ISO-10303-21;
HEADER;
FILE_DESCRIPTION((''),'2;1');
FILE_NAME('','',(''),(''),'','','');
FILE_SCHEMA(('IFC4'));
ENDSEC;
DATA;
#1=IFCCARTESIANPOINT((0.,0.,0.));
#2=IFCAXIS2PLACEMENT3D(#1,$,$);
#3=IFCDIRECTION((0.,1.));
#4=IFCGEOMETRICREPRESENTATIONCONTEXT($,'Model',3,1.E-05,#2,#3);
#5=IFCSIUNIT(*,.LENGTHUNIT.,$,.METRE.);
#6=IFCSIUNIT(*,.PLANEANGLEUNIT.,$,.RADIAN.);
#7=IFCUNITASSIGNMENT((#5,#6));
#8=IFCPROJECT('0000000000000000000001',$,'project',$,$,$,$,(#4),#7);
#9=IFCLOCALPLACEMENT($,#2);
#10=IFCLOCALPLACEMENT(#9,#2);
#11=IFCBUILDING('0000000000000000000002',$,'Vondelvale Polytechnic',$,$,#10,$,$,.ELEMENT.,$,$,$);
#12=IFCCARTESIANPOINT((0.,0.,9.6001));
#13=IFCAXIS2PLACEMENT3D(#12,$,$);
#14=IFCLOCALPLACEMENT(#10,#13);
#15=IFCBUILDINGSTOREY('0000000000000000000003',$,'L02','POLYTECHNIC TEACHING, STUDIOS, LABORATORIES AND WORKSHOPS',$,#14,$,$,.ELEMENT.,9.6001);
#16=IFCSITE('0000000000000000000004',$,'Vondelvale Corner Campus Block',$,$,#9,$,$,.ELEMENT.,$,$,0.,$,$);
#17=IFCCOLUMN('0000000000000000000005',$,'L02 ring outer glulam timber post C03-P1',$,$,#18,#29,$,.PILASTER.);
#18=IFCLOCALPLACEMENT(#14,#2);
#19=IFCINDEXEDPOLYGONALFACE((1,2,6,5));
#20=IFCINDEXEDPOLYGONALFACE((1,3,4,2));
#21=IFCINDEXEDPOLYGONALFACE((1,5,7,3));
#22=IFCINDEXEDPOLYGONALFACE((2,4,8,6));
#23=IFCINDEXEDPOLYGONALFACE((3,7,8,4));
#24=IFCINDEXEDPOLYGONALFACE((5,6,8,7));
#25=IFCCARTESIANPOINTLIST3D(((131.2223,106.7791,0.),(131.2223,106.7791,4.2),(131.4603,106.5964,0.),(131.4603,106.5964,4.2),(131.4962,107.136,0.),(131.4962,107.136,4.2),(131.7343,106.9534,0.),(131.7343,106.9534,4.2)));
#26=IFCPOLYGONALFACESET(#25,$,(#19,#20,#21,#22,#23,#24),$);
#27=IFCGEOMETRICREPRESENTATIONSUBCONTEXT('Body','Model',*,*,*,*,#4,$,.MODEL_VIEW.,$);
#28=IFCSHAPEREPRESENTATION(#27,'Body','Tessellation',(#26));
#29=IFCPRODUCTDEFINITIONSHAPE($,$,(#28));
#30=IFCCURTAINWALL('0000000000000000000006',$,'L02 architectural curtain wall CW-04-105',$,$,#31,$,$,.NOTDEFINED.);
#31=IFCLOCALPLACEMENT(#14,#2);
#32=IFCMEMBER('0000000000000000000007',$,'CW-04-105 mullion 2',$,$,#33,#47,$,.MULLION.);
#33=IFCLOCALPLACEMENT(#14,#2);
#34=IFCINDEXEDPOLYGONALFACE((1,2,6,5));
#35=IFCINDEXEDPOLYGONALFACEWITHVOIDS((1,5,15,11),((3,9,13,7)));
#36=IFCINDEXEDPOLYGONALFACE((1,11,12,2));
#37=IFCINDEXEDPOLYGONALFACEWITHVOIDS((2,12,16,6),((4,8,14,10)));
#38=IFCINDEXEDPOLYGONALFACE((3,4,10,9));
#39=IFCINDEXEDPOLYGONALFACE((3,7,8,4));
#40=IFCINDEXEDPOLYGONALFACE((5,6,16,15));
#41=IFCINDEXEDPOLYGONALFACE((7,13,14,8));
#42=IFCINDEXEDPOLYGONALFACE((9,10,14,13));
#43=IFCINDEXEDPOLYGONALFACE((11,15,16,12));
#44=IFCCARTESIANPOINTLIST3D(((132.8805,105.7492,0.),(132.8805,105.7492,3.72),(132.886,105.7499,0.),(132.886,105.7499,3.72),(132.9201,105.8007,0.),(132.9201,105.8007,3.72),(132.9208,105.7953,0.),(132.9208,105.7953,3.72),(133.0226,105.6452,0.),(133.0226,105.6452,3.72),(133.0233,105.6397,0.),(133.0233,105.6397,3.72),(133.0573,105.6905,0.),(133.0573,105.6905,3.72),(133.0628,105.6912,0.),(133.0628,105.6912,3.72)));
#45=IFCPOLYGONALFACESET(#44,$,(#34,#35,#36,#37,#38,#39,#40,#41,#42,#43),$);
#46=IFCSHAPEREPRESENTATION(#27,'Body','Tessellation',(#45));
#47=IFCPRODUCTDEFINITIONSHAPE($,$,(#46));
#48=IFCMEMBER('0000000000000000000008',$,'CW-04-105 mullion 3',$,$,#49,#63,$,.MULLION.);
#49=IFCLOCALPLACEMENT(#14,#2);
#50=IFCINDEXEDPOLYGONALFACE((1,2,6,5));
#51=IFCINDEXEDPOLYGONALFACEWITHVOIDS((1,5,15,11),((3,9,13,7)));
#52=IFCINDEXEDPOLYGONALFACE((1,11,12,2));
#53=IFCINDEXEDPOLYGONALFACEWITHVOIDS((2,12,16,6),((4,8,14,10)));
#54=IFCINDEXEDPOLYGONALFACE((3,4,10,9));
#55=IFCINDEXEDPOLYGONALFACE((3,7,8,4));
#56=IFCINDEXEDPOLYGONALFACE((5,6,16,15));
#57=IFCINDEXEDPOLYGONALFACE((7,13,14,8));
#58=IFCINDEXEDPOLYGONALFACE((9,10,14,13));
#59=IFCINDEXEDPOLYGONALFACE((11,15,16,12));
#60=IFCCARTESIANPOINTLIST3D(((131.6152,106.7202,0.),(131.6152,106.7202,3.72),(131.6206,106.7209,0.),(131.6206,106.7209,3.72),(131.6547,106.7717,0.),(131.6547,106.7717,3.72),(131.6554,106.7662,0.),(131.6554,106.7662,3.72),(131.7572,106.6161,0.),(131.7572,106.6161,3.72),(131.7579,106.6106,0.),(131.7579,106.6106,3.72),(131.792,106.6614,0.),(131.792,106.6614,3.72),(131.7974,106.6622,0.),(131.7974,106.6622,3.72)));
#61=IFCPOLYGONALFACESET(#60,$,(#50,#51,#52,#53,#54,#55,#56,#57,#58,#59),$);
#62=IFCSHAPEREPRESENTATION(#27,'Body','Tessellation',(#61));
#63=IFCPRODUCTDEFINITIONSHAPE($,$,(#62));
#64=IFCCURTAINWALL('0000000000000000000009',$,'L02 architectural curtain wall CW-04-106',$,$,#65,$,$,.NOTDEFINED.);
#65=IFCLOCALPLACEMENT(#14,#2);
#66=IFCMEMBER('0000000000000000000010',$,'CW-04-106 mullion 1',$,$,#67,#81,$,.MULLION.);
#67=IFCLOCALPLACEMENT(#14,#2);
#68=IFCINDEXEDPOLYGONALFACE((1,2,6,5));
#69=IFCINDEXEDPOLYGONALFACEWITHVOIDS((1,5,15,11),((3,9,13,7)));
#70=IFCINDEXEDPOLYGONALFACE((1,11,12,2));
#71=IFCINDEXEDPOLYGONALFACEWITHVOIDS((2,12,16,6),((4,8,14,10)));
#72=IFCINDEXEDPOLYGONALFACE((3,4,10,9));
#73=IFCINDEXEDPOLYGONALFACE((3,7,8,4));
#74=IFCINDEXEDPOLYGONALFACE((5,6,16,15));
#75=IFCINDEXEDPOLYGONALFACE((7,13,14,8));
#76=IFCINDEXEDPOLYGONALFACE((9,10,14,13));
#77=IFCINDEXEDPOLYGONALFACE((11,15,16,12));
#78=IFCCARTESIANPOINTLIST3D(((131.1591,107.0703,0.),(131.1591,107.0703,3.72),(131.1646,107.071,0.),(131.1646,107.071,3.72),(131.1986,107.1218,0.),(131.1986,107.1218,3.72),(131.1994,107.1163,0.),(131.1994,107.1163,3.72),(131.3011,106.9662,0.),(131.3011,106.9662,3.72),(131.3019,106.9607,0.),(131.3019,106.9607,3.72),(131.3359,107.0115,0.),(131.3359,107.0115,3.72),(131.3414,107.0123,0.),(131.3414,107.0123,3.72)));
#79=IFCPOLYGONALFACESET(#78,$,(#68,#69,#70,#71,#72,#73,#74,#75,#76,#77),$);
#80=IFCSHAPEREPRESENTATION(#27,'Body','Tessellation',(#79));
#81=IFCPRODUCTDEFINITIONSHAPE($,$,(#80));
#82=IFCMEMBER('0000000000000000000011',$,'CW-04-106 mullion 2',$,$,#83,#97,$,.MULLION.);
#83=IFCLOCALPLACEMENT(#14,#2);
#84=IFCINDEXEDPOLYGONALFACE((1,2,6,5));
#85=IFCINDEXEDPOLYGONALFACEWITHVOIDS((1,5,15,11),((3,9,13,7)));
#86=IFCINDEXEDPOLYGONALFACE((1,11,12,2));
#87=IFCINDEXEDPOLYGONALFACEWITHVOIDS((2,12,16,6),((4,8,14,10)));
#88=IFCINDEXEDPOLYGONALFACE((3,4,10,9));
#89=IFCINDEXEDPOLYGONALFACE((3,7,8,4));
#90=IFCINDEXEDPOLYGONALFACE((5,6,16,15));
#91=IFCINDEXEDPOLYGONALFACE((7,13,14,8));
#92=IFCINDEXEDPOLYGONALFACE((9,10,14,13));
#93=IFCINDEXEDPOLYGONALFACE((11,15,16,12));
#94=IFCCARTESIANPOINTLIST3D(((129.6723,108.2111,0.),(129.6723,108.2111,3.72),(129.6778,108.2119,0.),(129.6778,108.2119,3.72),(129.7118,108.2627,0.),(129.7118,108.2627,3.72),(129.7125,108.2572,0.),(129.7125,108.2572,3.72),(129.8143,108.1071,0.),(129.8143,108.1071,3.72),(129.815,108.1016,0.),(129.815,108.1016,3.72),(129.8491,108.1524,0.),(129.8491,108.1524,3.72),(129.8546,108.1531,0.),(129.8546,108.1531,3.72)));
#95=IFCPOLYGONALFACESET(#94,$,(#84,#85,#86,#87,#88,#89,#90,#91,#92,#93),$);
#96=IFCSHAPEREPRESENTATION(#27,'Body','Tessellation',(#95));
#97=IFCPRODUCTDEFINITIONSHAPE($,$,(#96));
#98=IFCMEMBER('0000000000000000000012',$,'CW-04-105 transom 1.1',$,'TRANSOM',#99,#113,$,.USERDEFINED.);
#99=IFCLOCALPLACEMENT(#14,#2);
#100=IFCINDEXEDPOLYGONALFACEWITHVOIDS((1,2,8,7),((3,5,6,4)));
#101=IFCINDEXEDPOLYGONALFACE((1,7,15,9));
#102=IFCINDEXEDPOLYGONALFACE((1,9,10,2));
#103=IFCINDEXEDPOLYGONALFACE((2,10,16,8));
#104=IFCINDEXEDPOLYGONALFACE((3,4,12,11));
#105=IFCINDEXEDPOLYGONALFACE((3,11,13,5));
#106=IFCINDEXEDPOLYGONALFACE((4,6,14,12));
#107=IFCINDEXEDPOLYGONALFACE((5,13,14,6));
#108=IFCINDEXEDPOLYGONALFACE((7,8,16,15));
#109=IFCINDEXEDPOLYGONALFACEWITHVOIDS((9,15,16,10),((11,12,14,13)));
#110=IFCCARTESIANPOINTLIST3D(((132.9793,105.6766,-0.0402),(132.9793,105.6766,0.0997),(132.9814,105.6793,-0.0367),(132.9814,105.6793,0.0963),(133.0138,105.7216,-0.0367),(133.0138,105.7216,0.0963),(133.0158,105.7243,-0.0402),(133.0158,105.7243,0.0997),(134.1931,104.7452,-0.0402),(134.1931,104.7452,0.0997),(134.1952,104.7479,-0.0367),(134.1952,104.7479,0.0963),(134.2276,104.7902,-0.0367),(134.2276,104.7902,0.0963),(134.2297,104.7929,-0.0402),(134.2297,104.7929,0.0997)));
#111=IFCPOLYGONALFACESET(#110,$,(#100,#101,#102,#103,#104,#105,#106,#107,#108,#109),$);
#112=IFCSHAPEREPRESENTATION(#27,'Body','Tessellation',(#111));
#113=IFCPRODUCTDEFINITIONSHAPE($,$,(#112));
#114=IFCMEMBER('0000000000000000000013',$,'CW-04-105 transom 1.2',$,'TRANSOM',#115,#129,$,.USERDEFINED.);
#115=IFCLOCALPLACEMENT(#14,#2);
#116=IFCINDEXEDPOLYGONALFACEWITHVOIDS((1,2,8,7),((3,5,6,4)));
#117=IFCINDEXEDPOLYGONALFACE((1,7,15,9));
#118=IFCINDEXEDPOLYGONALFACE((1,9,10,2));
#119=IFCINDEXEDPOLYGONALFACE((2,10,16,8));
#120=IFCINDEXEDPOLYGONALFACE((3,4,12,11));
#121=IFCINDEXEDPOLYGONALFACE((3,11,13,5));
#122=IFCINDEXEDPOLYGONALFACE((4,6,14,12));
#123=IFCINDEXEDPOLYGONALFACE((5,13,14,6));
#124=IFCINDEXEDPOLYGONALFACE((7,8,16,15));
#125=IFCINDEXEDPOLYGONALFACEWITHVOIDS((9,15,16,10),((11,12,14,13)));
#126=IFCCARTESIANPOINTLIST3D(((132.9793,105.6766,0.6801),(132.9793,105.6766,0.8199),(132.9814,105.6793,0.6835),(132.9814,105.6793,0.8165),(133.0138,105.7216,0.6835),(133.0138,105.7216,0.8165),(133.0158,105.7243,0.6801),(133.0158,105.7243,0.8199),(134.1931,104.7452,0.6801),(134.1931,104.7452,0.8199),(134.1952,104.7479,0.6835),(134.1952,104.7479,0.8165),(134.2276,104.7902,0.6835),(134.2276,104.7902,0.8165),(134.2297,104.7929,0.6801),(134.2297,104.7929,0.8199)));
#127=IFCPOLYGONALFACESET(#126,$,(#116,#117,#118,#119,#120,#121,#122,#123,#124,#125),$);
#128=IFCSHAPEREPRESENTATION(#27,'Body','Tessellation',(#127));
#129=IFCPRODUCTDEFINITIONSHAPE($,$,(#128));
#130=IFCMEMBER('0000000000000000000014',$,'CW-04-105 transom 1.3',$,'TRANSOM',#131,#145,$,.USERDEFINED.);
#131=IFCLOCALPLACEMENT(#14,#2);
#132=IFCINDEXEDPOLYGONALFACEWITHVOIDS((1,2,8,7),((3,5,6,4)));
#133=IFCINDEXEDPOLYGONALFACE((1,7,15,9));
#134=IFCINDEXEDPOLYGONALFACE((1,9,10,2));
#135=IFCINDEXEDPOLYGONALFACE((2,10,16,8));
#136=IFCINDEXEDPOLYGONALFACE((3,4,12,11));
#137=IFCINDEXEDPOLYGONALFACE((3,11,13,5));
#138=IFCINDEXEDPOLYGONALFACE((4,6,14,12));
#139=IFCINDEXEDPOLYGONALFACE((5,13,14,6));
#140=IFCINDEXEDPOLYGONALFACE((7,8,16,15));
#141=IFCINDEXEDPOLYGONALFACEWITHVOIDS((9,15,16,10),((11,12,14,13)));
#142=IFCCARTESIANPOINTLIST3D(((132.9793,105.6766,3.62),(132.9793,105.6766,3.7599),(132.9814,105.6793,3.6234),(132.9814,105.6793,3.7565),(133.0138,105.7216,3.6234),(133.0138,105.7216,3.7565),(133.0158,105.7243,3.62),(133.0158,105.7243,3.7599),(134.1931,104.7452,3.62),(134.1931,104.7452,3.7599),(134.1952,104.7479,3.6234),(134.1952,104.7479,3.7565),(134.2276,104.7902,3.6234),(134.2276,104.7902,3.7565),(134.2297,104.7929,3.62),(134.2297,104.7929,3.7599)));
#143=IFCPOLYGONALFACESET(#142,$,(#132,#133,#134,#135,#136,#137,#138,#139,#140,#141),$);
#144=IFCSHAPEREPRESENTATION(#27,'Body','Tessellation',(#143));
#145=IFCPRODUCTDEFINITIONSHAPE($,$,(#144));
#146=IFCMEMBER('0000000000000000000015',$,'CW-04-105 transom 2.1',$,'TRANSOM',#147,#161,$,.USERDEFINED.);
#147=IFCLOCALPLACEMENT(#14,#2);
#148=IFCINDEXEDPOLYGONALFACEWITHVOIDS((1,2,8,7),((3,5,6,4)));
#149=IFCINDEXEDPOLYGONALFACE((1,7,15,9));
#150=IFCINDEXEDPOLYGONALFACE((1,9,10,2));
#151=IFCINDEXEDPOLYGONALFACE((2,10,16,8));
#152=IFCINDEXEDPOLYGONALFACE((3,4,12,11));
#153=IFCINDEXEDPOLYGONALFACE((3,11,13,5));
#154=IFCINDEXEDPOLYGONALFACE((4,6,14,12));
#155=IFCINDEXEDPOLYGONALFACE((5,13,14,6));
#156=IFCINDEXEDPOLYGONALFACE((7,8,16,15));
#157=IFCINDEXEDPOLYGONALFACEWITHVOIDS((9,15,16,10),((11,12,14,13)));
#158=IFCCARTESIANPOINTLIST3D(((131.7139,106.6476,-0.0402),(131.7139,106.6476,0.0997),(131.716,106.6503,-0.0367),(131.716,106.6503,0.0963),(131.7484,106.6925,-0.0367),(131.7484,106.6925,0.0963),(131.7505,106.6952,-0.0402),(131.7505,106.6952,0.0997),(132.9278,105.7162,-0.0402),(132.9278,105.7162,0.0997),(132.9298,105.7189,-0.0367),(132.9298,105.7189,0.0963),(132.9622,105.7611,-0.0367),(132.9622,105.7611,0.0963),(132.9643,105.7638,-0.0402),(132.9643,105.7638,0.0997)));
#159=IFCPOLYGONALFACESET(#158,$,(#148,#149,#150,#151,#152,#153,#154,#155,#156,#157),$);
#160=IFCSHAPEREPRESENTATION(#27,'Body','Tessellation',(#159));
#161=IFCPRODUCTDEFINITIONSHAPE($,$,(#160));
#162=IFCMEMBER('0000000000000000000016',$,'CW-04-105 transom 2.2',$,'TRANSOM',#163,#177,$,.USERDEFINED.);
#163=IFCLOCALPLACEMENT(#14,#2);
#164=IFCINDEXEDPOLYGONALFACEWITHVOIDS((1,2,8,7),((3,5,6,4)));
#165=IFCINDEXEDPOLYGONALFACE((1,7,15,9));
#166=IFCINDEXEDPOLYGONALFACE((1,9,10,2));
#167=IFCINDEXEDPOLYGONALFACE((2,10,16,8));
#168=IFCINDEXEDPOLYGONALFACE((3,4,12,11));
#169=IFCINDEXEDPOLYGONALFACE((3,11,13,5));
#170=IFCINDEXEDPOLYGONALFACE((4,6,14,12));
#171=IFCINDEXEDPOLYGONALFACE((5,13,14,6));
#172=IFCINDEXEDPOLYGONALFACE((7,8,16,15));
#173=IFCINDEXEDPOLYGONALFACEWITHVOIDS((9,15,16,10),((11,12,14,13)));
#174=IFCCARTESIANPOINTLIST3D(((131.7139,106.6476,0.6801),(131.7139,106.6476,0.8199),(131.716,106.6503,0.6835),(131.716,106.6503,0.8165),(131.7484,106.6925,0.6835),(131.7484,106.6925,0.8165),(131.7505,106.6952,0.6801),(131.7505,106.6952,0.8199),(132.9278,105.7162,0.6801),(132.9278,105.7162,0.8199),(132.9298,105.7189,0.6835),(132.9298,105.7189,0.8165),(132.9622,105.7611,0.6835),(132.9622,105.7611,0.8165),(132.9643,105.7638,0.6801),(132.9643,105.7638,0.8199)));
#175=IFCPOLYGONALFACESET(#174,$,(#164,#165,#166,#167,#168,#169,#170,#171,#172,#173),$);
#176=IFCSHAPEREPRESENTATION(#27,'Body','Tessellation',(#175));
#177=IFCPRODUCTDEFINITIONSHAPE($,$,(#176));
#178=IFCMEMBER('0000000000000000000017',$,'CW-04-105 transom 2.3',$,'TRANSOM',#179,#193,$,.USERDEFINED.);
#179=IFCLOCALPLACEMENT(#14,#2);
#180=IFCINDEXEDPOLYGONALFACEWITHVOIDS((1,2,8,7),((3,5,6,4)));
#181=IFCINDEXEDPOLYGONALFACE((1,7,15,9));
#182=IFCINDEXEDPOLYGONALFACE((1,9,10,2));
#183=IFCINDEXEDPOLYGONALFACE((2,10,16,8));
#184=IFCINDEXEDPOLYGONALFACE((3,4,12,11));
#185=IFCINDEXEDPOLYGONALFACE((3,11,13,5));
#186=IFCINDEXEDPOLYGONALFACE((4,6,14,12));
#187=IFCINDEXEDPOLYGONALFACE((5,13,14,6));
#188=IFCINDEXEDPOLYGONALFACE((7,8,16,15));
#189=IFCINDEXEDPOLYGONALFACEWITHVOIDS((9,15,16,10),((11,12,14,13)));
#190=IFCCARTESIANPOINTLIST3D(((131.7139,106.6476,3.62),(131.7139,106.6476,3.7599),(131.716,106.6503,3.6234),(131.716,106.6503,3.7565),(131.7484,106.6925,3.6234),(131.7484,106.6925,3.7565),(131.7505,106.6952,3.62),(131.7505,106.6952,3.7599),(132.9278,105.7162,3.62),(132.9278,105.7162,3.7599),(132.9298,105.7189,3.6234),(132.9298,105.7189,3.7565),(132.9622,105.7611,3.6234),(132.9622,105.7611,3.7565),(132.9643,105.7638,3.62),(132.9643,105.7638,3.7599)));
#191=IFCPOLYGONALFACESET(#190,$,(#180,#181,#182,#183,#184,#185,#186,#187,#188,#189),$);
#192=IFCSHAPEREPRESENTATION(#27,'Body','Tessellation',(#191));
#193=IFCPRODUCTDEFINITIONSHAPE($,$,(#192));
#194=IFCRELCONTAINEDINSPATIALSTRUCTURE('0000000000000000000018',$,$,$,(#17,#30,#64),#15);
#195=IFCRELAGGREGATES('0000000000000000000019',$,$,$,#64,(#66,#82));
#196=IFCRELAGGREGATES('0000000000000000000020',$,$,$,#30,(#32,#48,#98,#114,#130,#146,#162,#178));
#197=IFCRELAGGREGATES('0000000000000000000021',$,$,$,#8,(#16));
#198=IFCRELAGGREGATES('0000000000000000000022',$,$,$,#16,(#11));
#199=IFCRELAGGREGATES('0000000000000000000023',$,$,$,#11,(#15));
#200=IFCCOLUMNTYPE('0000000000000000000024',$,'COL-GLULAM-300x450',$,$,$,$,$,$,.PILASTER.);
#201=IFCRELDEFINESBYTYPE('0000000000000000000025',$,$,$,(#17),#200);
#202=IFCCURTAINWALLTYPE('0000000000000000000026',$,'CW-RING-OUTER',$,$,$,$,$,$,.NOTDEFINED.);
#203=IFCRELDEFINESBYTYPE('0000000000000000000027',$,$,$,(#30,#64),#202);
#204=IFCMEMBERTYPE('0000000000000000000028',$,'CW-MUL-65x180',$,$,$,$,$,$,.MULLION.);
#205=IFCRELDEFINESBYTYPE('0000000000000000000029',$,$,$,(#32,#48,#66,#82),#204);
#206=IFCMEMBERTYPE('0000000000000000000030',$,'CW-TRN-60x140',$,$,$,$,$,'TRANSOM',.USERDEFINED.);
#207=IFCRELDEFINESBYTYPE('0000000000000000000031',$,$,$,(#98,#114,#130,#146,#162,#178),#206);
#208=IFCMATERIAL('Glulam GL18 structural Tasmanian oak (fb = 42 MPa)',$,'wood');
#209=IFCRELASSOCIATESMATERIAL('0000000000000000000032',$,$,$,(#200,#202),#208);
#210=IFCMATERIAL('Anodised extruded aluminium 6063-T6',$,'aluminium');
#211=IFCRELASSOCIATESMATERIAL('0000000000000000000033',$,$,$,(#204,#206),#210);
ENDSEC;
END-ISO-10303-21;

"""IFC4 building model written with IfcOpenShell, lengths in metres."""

from ifc_helpers import new_model, si_unit, direction, frame, origin, origin_2d, place, context, subcontext, project, spatial, rectangle, hollow_rectangle, extrude, material, material_profile, profile_set, type_object, element, aggregate, save


model = new_model("IFC4")

# Units and contexts
model_context = context("Model", 3, precision=1e-05, world=origin(), true_north=direction((0.0, 1.0)))
body_context = subcontext(model_context, "Body", "Model", "MODEL_VIEW")
ifc_project = project(units=[si_unit("LENGTHUNIT", "METRE"), si_unit("PLANEANGLEUNIT", "RADIAN")], contexts=[model_context])

# Site, building, storey
site_placement = place(None, origin())
site = spatial("IfcSite", under=ifc_project, at=site_placement, Name="Vondelvale Corner Campus Block", CompositionType="ELEMENT", RefElevation=0.0)
building_placement = place(site_placement, origin())
building = spatial("IfcBuilding", under=site, at=building_placement, Name="Vondelvale Polytechnic", CompositionType="ELEMENT")
storey_placement = place(building_placement, frame((0.0, 0.0, 9.6001)))
storey = spatial("IfcBuildingStorey", under=building, at=storey_placement, Name="L02", Description="POLYTECHNIC TEACHING, STUDIOS, LABORATORIES AND WORKSHOPS", CompositionType="ELEMENT", Elevation=9.6001)

# Column
ifc_material_1 = material(Name="Glulam GL18 structural Tasmanian oak (fb = 42 MPa)", Category="wood")
ifc_material_profile_1 = material_profile(ifc_material_1, rectangle(XDim=0.3, YDim=0.45, at=origin_2d()), Name="GL-POST-300x450")
ifc_profile_set_1 = profile_set([ifc_material_profile_1], Name="Glulam GL18 structural Tasmanian oak (fb = 42 MPa)")
column_type = type_object("IfcColumnType", Name="COL-GLULAM-300x450", PredefinedType="PILASTER", material=ifc_profile_set_1)
column_placement = place(storey_placement, frame((131.4783, 106.8662, 0.0), z_axis=(0.0, 0.0, 1.0), x_axis=(-0.793353, 0.608761, 0.0)))
element("IfcColumn", 1, at=column_placement, inside=storey, type_object=column_type, Name="L02 ring outer glulam timber post C03-P1", PredefinedType="PILASTER", context=body_context, shape_type="SweptSolid", body=[
    extrude(rectangle(XDim=0.3, YDim=0.45, at=origin_2d()), origin(), (0.0, 0.0, 1.0), 4.2),
])

# Curtain walls, members
curtain_wall_type = type_object("IfcCurtainWallType", Name="CW-RING-OUTER", PredefinedType="NOTDEFINED", material=ifc_material_1)
curtain_wall_1_placement = place(storey_placement, origin())
curtain_wall_1 = element("IfcCurtainWall", 2, at=curtain_wall_1_placement, inside=storey, type_object=curtain_wall_type, Name="L02 architectural curtain wall CW-04-105", PredefinedType="NOTDEFINED")
ifc_material_2 = material(Name="Anodised extruded aluminium 6063-T6", Category="aluminium")
ifc_material_profile_2 = material_profile(ifc_material_2, hollow_rectangle(XDim=0.0649, YDim=0.1799, WallThickness=0.0039, at=origin_2d()), Name="CW-MUL-180x65")
ifc_profile_set_2 = profile_set([ifc_material_profile_2], Name="Anodised extruded aluminium 6063-T6")
member_type_1 = type_object("IfcMemberType", Name="CW-MUL-65x180", PredefinedType="MULLION", material=ifc_profile_set_2)
member_1_placement = place(storey_placement, frame((132.9717, 105.7202, 0.0), z_axis=(0.0, 0.0, 1.0), x_axis=(-0.608787, -0.793334, 0.0)))
member_1 = element("IfcMember", 3, at=member_1_placement, type_object=member_type_1, Name="CW-04-105 mullion 2", PredefinedType="MULLION", context=body_context, shape_type="SweptSolid", body=[
    extrude(hollow_rectangle(XDim=0.0649, YDim=0.1799, WallThickness=0.0039, at=origin_2d()), origin(), (0.0, 0.0, 1.0), 3.72),
])
member_2_placement = place(storey_placement, frame((131.7063, 106.6912, 0.0), z_axis=(0.0, 0.0, 1.0), x_axis=(-0.608787, -0.793334, 0.0)))
member_2 = element("IfcMember", 4, at=member_2_placement, type_object=member_type_1, Name="CW-04-105 mullion 3", PredefinedType="MULLION", context=body_context, shape_type="SweptSolid", body=[
    extrude(hollow_rectangle(XDim=0.0649, YDim=0.1799, WallThickness=0.0039, at=origin_2d()), origin(), (0.0, 0.0, 1.0), 3.72),
])
curtain_wall_2_placement = place(storey_placement, origin())
curtain_wall_2 = element("IfcCurtainWall", 5, at=curtain_wall_2_placement, inside=storey, type_object=curtain_wall_type, Name="L02 architectural curtain wall CW-04-106", PredefinedType="NOTDEFINED")
member_3_placement = place(storey_placement, frame((131.2502, 107.0413, 0.0), z_axis=(0.0, 0.0, 1.0), x_axis=(-0.608771, -0.793346, 0.0)))
member_3 = element("IfcMember", 6, at=member_3_placement, type_object=member_type_1, Name="CW-04-106 mullion 1", PredefinedType="MULLION", context=body_context, shape_type="SweptSolid", body=[
    extrude(hollow_rectangle(XDim=0.0649, YDim=0.1799, WallThickness=0.0039, at=origin_2d()), origin(), (0.0, 0.0, 1.0), 3.72),
])
member_4_placement = place(storey_placement, frame((129.7634, 108.1821, 0.0), z_axis=(0.0, 0.0, 1.0), x_axis=(-0.608771, -0.793346, 0.0)))
member_4 = element("IfcMember", 7, at=member_4_placement, type_object=member_type_1, Name="CW-04-106 mullion 2", PredefinedType="MULLION", context=body_context, shape_type="SweptSolid", body=[
    extrude(hollow_rectangle(XDim=0.0649, YDim=0.1799, WallThickness=0.0039, at=origin_2d()), origin(), (0.0, 0.0, 1.0), 3.72),
])

# Members
ifc_material_profile_3 = material_profile(ifc_material_2, hollow_rectangle(XDim=0.0601, YDim=0.1399, WallThickness=0.0034, at=origin_2d()), Name="CW-TRN-140x60")
ifc_profile_set_3 = profile_set([ifc_material_profile_3], Name="Anodised extruded aluminium 6063-T6")
member_type_2 = type_object("IfcMemberType", Name="CW-TRN-60x140", ElementType="TRANSOM", PredefinedType="USERDEFINED", material=ifc_profile_set_3)
member_5_placement = place(storey_placement, frame((134.2114, 104.769, 0.0298), z_axis=(-0.793365, 0.608746, 0.0), x_axis=(-0.608746, -0.793365, 0.0)))
member_5 = element("IfcMember", 8, at=member_5_placement, type_object=member_type_2, Name="CW-04-105 transom 1.1", ObjectType="TRANSOM", PredefinedType="USERDEFINED", context=body_context, shape_type="SweptSolid", body=[
    extrude(hollow_rectangle(XDim=0.0601, YDim=0.1399, WallThickness=0.0034, at=origin_2d()), origin(), (0.0, 0.0, 1.0), 1.53),
])
member_6_placement = place(storey_placement, frame((134.2114, 104.769, 0.75), z_axis=(-0.793365, 0.608746, 0.0), x_axis=(-0.608746, -0.793365, 0.0)))
member_6 = element("IfcMember", 9, at=member_6_placement, type_object=member_type_2, Name="CW-04-105 transom 1.2", ObjectType="TRANSOM", PredefinedType="USERDEFINED", context=body_context, shape_type="SweptSolid", body=[
    extrude(hollow_rectangle(XDim=0.0601, YDim=0.1399, WallThickness=0.0034, at=origin_2d()), origin(), (0.0, 0.0, 1.0), 1.53),
])
member_7_placement = place(storey_placement, frame((134.2114, 104.769, 3.6899), z_axis=(-0.793365, 0.608746, 0.0), x_axis=(-0.608746, -0.793365, 0.0)))
member_7 = element("IfcMember", 10, at=member_7_placement, type_object=member_type_2, Name="CW-04-105 transom 1.3", ObjectType="TRANSOM", PredefinedType="USERDEFINED", context=body_context, shape_type="SweptSolid", body=[
    extrude(hollow_rectangle(XDim=0.0601, YDim=0.1399, WallThickness=0.0034, at=origin_2d()), origin(), (0.0, 0.0, 1.0), 1.53),
])
member_8_placement = place(storey_placement, frame((132.946, 105.74, 0.0298), z_axis=(-0.793365, 0.608746, 0.0), x_axis=(-0.608746, -0.793365, 0.0)))
member_8 = element("IfcMember", 11, at=member_8_placement, type_object=member_type_2, Name="CW-04-105 transom 2.1", ObjectType="TRANSOM", PredefinedType="USERDEFINED", context=body_context, shape_type="SweptSolid", body=[
    extrude(hollow_rectangle(XDim=0.0601, YDim=0.1399, WallThickness=0.0034, at=origin_2d()), origin(), (0.0, 0.0, 1.0), 1.53),
])
member_9_placement = place(storey_placement, frame((132.946, 105.74, 0.75), z_axis=(-0.793365, 0.608746, 0.0), x_axis=(-0.608746, -0.793365, 0.0)))
member_9 = element("IfcMember", 12, at=member_9_placement, type_object=member_type_2, Name="CW-04-105 transom 2.2", ObjectType="TRANSOM", PredefinedType="USERDEFINED", context=body_context, shape_type="SweptSolid", body=[
    extrude(hollow_rectangle(XDim=0.0601, YDim=0.1399, WallThickness=0.0034, at=origin_2d()), origin(), (0.0, 0.0, 1.0), 1.53),
])
member_10_placement = place(storey_placement, frame((132.946, 105.74, 3.6899), z_axis=(-0.793365, 0.608746, 0.0), x_axis=(-0.608746, -0.793365, 0.0)))
member_10 = element("IfcMember", 13, at=member_10_placement, type_object=member_type_2, Name="CW-04-105 transom 2.3", ObjectType="TRANSOM", PredefinedType="USERDEFINED", context=body_context, shape_type="SweptSolid", body=[
    extrude(hollow_rectangle(XDim=0.0601, YDim=0.1399, WallThickness=0.0034, at=origin_2d()), origin(), (0.0, 0.0, 1.0), 1.53),
])

aggregate(curtain_wall_2, [member_3, member_4])
aggregate(curtain_wall_1, [member_1, member_2, member_5, member_6, member_7, member_8, member_9, member_10])

save(model, "model.ifc")
